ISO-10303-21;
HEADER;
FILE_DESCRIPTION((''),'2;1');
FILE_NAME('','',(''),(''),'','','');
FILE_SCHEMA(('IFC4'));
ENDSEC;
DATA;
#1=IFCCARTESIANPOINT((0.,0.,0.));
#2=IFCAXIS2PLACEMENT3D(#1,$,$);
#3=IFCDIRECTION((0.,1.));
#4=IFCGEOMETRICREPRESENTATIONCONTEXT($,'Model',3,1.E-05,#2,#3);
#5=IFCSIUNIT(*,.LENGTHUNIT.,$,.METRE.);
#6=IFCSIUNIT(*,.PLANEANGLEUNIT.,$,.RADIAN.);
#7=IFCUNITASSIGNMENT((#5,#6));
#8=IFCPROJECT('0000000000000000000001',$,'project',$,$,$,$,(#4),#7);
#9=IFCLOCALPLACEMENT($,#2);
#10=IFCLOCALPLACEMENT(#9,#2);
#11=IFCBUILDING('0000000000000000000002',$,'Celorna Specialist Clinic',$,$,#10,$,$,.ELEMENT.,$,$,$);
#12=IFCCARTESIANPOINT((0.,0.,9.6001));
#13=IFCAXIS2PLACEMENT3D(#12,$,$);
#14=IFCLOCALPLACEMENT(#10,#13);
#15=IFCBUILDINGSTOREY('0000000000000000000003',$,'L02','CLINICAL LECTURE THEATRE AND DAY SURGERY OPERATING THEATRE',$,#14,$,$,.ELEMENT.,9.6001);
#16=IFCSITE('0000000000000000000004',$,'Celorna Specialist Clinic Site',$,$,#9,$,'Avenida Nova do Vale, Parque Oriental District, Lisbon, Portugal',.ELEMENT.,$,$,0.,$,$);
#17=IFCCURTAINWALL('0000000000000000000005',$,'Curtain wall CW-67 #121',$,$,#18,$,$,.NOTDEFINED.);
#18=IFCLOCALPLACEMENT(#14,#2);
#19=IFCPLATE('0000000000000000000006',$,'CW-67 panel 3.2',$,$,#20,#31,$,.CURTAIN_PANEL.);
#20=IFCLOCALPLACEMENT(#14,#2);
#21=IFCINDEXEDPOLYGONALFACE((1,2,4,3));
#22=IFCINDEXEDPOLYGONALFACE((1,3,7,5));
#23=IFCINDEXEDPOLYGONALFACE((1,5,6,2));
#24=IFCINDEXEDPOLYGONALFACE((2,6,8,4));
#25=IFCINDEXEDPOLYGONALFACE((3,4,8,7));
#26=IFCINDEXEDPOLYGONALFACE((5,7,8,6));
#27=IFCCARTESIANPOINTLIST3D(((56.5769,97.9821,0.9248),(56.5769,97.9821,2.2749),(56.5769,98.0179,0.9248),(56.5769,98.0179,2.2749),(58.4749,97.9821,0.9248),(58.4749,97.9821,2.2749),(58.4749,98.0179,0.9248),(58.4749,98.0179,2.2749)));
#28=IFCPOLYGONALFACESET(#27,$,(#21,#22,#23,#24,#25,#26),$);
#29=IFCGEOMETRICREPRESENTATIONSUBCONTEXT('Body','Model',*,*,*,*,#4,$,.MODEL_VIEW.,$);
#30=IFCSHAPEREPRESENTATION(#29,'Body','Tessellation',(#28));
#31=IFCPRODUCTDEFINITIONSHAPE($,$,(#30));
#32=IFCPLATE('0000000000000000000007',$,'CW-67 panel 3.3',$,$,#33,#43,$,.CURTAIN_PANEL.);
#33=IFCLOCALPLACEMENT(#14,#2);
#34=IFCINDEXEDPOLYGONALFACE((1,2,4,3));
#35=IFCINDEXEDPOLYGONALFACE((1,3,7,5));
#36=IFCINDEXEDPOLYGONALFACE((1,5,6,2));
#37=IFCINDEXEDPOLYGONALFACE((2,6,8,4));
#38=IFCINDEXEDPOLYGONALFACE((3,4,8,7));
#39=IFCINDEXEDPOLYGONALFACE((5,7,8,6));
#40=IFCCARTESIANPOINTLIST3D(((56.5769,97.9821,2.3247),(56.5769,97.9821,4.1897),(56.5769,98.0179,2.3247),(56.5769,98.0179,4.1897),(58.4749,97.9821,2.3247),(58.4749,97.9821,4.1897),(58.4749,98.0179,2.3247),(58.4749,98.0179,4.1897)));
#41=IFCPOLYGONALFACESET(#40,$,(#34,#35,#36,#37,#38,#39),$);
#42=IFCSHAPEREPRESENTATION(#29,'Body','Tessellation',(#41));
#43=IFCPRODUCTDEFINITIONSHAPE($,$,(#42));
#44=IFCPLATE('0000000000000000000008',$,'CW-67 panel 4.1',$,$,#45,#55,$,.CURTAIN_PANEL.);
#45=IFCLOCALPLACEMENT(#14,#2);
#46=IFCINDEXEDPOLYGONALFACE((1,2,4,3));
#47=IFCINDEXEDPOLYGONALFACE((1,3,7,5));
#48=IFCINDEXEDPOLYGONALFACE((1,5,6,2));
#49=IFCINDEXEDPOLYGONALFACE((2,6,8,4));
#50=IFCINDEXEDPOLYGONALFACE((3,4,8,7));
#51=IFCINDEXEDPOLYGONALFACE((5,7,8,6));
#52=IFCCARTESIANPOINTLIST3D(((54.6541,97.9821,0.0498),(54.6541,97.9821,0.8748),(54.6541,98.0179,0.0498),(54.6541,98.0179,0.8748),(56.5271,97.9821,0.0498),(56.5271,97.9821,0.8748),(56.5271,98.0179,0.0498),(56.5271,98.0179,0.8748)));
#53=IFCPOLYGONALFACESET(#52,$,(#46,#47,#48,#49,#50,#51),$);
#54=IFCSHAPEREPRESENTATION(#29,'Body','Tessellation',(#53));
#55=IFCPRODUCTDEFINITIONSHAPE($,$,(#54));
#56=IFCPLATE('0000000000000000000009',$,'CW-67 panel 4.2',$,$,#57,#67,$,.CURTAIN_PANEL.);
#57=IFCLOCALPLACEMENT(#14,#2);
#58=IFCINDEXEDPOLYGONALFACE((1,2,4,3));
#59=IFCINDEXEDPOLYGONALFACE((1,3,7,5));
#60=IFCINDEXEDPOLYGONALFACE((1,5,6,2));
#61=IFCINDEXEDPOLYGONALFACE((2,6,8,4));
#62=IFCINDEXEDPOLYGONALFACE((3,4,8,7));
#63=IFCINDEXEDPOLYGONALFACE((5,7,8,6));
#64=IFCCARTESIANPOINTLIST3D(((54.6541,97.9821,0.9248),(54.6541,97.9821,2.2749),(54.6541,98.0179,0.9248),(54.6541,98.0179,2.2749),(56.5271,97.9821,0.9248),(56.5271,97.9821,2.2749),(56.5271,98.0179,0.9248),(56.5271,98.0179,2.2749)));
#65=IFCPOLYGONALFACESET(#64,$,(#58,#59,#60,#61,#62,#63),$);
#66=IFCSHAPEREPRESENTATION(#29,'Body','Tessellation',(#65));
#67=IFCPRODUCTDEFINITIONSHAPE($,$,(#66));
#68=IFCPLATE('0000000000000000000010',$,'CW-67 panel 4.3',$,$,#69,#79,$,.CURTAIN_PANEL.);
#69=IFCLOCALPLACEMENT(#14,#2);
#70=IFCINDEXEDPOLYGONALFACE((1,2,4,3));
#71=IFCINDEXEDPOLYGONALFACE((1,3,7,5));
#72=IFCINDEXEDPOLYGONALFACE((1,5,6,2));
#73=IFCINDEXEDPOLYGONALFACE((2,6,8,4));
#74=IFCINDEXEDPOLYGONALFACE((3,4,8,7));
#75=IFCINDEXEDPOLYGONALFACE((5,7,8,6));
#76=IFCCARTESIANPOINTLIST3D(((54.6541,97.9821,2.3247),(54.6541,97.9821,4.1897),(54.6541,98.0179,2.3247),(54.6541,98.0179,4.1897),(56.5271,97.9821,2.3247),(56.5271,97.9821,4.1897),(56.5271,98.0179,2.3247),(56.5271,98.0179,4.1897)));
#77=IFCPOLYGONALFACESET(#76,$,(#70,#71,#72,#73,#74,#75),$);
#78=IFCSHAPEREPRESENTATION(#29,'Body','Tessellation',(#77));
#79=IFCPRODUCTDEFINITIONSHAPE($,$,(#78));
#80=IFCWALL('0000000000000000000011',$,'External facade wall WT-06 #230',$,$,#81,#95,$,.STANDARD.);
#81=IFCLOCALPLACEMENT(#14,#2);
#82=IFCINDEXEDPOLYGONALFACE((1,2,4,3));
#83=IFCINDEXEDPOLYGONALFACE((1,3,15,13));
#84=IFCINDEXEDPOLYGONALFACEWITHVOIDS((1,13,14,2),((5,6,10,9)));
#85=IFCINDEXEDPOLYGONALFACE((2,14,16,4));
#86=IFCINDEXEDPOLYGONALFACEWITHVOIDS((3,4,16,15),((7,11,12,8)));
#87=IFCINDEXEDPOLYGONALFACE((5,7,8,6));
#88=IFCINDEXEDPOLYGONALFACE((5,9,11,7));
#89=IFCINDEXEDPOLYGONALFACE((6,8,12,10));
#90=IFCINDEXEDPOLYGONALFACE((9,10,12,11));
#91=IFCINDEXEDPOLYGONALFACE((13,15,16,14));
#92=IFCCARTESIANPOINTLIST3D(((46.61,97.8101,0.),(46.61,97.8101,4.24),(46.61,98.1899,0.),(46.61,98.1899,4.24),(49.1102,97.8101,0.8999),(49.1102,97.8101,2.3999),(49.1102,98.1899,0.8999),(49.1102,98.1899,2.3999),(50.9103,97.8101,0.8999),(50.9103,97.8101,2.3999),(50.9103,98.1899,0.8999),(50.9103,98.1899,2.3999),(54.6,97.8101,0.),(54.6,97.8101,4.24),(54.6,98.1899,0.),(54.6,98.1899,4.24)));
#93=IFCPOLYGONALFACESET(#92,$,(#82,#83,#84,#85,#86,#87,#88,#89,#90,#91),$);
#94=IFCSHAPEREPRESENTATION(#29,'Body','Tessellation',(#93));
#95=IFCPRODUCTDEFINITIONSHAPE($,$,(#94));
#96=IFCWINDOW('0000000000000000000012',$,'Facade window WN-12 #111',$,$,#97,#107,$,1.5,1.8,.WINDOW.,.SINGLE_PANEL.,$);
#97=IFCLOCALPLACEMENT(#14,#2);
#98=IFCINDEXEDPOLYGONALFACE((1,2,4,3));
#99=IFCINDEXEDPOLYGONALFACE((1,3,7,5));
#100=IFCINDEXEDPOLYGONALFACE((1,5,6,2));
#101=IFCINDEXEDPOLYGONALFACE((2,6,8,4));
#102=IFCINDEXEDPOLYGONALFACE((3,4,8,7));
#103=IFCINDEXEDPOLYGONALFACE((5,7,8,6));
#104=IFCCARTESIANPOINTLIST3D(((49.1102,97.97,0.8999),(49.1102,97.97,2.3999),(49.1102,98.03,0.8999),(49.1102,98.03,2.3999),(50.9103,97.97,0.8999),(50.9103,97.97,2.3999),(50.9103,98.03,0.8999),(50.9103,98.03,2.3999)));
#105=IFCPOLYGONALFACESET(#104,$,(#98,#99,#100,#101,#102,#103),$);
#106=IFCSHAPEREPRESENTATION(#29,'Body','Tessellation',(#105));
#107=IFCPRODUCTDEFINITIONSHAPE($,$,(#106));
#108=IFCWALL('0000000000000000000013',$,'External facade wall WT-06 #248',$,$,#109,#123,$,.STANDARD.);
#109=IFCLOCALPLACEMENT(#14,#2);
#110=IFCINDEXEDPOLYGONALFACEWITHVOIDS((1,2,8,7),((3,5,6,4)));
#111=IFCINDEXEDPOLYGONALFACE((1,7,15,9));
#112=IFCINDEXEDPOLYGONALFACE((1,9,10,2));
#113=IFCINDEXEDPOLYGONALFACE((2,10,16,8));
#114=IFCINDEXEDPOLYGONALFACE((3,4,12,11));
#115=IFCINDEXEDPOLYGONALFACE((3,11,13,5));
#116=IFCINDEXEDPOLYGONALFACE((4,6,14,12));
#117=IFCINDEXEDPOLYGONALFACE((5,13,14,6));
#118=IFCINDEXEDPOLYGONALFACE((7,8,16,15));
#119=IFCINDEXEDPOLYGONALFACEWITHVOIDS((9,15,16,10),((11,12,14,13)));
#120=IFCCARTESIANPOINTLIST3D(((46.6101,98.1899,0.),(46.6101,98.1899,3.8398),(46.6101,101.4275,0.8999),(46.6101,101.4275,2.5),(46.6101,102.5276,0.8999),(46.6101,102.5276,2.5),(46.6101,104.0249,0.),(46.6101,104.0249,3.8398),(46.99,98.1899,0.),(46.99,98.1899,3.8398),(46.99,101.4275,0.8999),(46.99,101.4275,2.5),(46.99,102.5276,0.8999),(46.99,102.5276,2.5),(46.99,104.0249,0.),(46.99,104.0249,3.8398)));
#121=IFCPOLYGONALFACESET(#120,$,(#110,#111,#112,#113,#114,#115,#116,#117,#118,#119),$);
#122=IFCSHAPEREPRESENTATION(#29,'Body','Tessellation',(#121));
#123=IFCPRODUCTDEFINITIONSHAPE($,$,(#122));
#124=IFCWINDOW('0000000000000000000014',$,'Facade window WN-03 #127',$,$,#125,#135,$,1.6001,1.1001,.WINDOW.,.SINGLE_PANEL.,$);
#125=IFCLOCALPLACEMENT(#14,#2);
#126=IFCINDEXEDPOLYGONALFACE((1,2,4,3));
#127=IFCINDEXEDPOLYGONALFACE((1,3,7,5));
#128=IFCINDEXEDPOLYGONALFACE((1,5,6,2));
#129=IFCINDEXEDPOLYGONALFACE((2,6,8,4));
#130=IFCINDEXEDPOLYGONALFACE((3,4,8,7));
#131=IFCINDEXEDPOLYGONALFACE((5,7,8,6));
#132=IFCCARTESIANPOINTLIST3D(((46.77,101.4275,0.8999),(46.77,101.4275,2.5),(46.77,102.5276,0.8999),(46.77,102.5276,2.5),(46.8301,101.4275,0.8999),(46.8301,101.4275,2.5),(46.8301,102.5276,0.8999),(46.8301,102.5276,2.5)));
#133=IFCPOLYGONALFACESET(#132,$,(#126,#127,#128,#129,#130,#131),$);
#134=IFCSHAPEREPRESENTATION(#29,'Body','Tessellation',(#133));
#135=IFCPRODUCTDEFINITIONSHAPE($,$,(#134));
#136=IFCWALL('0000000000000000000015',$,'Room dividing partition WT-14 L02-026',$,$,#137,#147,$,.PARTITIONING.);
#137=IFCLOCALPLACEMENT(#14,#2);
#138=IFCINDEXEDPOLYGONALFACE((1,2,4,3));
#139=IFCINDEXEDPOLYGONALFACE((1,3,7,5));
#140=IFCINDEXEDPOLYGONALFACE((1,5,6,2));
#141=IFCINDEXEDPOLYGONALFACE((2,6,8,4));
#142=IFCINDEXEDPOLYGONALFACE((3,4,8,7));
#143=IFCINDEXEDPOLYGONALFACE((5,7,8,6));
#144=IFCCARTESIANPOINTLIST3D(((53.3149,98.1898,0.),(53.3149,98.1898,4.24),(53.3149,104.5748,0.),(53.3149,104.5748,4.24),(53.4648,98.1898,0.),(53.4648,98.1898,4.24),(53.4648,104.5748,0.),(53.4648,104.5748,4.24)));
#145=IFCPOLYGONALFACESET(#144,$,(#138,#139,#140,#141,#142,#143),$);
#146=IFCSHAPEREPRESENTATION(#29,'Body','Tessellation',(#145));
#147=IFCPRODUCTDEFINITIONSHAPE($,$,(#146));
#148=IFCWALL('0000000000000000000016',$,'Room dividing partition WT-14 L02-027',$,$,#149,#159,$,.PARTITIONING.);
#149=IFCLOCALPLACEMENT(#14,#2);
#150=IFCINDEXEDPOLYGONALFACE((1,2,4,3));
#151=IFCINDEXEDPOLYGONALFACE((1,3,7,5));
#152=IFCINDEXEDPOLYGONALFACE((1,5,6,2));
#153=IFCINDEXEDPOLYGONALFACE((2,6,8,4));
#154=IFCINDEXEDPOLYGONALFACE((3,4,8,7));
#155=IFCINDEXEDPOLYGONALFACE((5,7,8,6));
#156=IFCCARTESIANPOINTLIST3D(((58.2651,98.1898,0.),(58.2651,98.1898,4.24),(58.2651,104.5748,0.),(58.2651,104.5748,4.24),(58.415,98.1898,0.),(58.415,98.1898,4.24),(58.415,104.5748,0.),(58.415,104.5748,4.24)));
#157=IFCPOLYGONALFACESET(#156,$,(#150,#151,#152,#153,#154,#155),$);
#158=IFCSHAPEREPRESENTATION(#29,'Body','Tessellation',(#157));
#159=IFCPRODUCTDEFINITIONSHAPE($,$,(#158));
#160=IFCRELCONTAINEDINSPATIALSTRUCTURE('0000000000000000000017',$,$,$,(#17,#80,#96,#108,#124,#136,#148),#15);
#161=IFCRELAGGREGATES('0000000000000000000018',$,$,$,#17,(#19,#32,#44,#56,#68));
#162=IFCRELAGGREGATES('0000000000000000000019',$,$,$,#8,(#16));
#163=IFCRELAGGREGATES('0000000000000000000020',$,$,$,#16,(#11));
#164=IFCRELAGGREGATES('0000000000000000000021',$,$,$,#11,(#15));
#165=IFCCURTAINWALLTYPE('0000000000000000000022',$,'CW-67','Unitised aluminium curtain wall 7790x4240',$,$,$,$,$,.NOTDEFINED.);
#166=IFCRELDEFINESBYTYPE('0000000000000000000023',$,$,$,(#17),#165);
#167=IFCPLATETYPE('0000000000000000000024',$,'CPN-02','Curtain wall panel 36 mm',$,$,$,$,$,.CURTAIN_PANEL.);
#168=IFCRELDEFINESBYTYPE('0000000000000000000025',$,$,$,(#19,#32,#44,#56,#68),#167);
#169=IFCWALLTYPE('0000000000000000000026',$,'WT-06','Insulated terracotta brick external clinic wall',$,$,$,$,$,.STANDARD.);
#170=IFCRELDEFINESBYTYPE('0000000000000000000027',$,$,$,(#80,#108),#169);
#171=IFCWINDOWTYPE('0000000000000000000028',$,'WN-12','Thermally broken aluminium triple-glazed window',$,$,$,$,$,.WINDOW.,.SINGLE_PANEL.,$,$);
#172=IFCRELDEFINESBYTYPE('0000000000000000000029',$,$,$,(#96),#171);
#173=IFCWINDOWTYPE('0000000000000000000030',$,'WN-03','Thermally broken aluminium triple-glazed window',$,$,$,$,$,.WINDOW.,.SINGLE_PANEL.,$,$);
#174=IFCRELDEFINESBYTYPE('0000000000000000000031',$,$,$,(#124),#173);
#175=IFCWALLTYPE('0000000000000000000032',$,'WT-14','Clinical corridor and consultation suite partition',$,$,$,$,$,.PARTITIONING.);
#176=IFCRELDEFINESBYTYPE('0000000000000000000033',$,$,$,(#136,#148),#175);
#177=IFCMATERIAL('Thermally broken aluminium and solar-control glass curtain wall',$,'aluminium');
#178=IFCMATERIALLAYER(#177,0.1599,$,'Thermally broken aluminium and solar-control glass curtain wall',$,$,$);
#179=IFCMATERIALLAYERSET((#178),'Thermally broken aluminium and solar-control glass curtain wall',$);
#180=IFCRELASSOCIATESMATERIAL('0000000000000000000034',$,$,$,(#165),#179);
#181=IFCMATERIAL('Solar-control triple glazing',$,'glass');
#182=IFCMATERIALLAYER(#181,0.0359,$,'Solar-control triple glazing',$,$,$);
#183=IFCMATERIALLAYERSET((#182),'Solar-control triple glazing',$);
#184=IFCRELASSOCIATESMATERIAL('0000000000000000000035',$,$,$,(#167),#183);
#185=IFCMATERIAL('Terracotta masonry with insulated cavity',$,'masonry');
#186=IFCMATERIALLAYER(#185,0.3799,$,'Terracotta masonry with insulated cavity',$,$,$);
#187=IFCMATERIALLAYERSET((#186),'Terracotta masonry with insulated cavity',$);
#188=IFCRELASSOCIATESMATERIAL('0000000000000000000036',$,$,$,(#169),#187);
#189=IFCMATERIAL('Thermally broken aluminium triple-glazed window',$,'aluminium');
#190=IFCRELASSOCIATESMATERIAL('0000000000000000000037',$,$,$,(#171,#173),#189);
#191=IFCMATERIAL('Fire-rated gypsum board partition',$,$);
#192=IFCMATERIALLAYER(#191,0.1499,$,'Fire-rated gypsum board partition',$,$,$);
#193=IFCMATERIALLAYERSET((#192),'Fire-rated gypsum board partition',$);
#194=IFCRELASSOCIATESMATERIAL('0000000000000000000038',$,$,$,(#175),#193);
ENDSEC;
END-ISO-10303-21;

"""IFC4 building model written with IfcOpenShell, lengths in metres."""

from ifc_helpers import new_model, si_unit, direction, frame, frame_2d, origin, origin_2d, place, context, subcontext, project, spatial, rectangle, extrude, material, layer, layer_set, type_object, element, fill, aggregate, save


model = new_model("IFC4")

# Units and contexts
model_context = context("Model", 3, precision=1e-05, world=origin(), true_north=direction((0.0, 1.0)))
body_context = subcontext(model_context, "Body", "Model", "MODEL_VIEW")
ifc_project = project(units=[si_unit("LENGTHUNIT", "METRE"), si_unit("PLANEANGLEUNIT", "RADIAN")], contexts=[model_context])

# Site, building, storey
site_placement = place(None, origin())
site = spatial("IfcSite", under=ifc_project, at=site_placement, Name="Celorna Specialist Clinic Site", LongName="Avenida Nova do Vale, Parque Oriental District, Lisbon, Portugal", CompositionType="ELEMENT", RefElevation=0.0)
building_placement = place(site_placement, origin())
building = spatial("IfcBuilding", under=site, at=building_placement, Name="Celorna Specialist Clinic", CompositionType="ELEMENT")
storey_placement = place(building_placement, frame((0.0, 0.0, 9.6001)))
storey = spatial("IfcBuildingStorey", under=building, at=storey_placement, Name="L02", Description="CLINICAL LECTURE THEATRE AND DAY SURGERY OPERATING THEATRE", CompositionType="ELEMENT", Elevation=9.6001)

# Curtain wall, plates
ifc_material_1 = material(Name="Thermally broken aluminium and solar-control glass curtain wall", Category="aluminium")
ifc_layer_1 = layer(ifc_material_1, 0.1599, Name="Thermally broken aluminium and solar-control glass curtain wall")
ifc_layer_set_1 = layer_set([ifc_layer_1], Name="Thermally broken aluminium and solar-control glass curtain wall")
curtain_wall_type = type_object("IfcCurtainWallType", Name="CW-67", Description="Unitised aluminium curtain wall 7790x4240", PredefinedType="NOTDEFINED", material=ifc_layer_set_1)
curtain_wall_placement = place(storey_placement, origin())
curtain_wall = element("IfcCurtainWall", 1, at=curtain_wall_placement, inside=storey, type_object=curtain_wall_type, Name="Curtain wall CW-67 #121", PredefinedType="NOTDEFINED")
ifc_material_2 = material(Name="Solar-control triple glazing", Category="glass")
ifc_layer_2 = layer(ifc_material_2, 0.0359, Name="Solar-control triple glazing")
ifc_layer_set_2 = layer_set([ifc_layer_2], Name="Solar-control triple glazing")
plate_type = type_object("IfcPlateType", Name="CPN-02", Description="Curtain wall panel 36 mm", PredefinedType="CURTAIN_PANEL", material=ifc_layer_set_2)
plate_1_placement = place(storey_placement, frame((57.5259, 98.0, 0.9248), z_axis=(0.0, 0.0, 1.0), x_axis=(-1.0, 0.0, 0.0)))
plate_1 = element("IfcPlate", 2, at=plate_1_placement, type_object=plate_type, Name="CW-67 panel 3.2", PredefinedType="CURTAIN_PANEL", context=body_context, shape_type="SweptSolid", body=[
    extrude(rectangle(XDim=1.8979, YDim=0.0359, at=origin_2d()), origin(), (0.0, 0.0, 1.0), 1.3501),
])
plate_2_placement = place(storey_placement, frame((57.5259, 98.0, 2.3247), z_axis=(0.0, 0.0, 1.0), x_axis=(-1.0, 0.0, 0.0)))
plate_2 = element("IfcPlate", 3, at=plate_2_placement, type_object=plate_type, Name="CW-67 panel 3.3", PredefinedType="CURTAIN_PANEL", context=body_context, shape_type="SweptSolid", body=[
    extrude(rectangle(XDim=1.8979, YDim=0.0359, at=origin_2d()), origin(), (0.0, 0.0, 1.0), 1.865),
])
plate_3_placement = place(storey_placement, frame((55.5906, 98.0, 0.0498), z_axis=(0.0, 0.0, 1.0), x_axis=(-1.0, 0.0, 0.0)))
plate_3 = element("IfcPlate", 4, at=plate_3_placement, type_object=plate_type, Name="CW-67 panel 4.1", PredefinedType="CURTAIN_PANEL", context=body_context, shape_type="SweptSolid", body=[
    extrude(rectangle(XDim=1.873, YDim=0.0359, at=origin_2d()), origin(), (0.0, 0.0, 1.0), 0.825),
])
plate_4_placement = place(storey_placement, frame((55.5906, 98.0, 0.9248), z_axis=(0.0, 0.0, 1.0), x_axis=(-1.0, 0.0, 0.0)))
plate_4 = element("IfcPlate", 5, at=plate_4_placement, type_object=plate_type, Name="CW-67 panel 4.2", PredefinedType="CURTAIN_PANEL", context=body_context, shape_type="SweptSolid", body=[
    extrude(rectangle(XDim=1.873, YDim=0.0359, at=origin_2d()), origin(), (0.0, 0.0, 1.0), 1.3501),
])
plate_5_placement = place(storey_placement, frame((55.5906, 98.0, 2.3247), z_axis=(0.0, 0.0, 1.0), x_axis=(-1.0, 0.0, 0.0)))
plate_5 = element("IfcPlate", 6, at=plate_5_placement, type_object=plate_type, Name="CW-67 panel 4.3", PredefinedType="CURTAIN_PANEL", context=body_context, shape_type="SweptSolid", body=[
    extrude(rectangle(XDim=1.873, YDim=0.0359, at=origin_2d()), origin(), (0.0, 0.0, 1.0), 1.865),
])
aggregate(curtain_wall, [plate_1, plate_2, plate_3, plate_4, plate_5])

# Walls, openings, windows
ifc_material_3 = material(Name="Terracotta masonry with insulated cavity", Category="masonry")
ifc_layer_3 = layer(ifc_material_3, 0.3799, Name="Terracotta masonry with insulated cavity")
ifc_layer_set_3 = layer_set([ifc_layer_3], Name="Terracotta masonry with insulated cavity")
wall_type_1 = type_object("IfcWallType", Name="WT-06", Description="Insulated terracotta brick external clinic wall", PredefinedType="STANDARD", material=ifc_layer_set_3)
wall_1_placement = place(storey_placement, frame((54.6001, 98.0, 0.0), z_axis=(0.0, 0.0, 1.0), x_axis=(-1.0, 0.0, 0.0)))
wall_1 = element("IfcWall", 7, at=wall_1_placement, inside=storey, type_object=wall_type_1, Name="External facade wall WT-06 #230", PredefinedType="STANDARD", context=body_context, shape_type="SweptSolid", body=[
    extrude(rectangle(XDim=7.99, YDim=0.3799, at=frame_2d((3.9951, 0.0))), origin(), (0.0, 0.0, 1.0), 4.24),
])
opening_1_placement = place(wall_1_placement, frame((3.6899, 0.0, 0.8999)))
opening_1 = element("IfcOpeningElement", 8, at=opening_1_placement, cuts=wall_1, PredefinedType="OPENING", context=body_context, shape_type="SweptSolid", body=[
    extrude(rectangle(XDim=1.8, YDim=1.5, at=frame_2d((0.8999, 0.75))), frame((0.0, 0.2, 0.0), z_axis=(0.0, -1.0, 0.0), x_axis=(1.0, 0.0, 0.0)), (0.0, 0.0, 1.0), 0.3999),
])
ifc_material_4 = material(Name="Thermally broken aluminium triple-glazed window", Category="aluminium")
window_type_1 = type_object("IfcWindowType", Name="WN-12", Description="Thermally broken aluminium triple-glazed window", PartitioningType="SINGLE_PANEL", PredefinedType="WINDOW", material=ifc_material_4)
window_1_placement = place(opening_1_placement, origin())
window_1 = element("IfcWindow", 9, at=window_1_placement, inside=storey, type_object=window_type_1, Name="Facade window WN-12 #111", OverallHeight=1.5, OverallWidth=1.8, PartitioningType="SINGLE_PANEL", PredefinedType="WINDOW", context=body_context, shape_type="SweptSolid", body=[
    extrude(rectangle(XDim=1.8, YDim=1.5, at=frame_2d((0.8999, 0.75))), frame((0.0, 0.03, 0.0), z_axis=(0.0, -1.0, 0.0), x_axis=(1.0, 0.0, 0.0)), (0.0, 0.0, 1.0), 0.0601),
])
fill(opening_1, window_1)
wall_2_placement = place(storey_placement, frame((46.8, 98.1899, 0.0), z_axis=(0.0, 0.0, 1.0), x_axis=(0.0, 1.0, 0.0)))
wall_2 = element("IfcWall", 10, at=wall_2_placement, inside=storey, type_object=wall_type_1, Name="External facade wall WT-06 #248", PredefinedType="STANDARD", context=body_context, shape_type="SweptSolid", body=[
    extrude(rectangle(XDim=5.835, YDim=0.3799, at=frame_2d((2.9175, 0.0))), origin(), (0.0, 0.0, 1.0), 3.8398),
])
opening_2_placement = place(wall_2_placement, frame((3.2375, 0.0, 0.8999)))
opening_2 = element("IfcOpeningElement", 11, at=opening_2_placement, cuts=wall_2, PredefinedType="OPENING", context=body_context, shape_type="SweptSolid", body=[
    extrude(rectangle(XDim=1.1001, YDim=1.6001, at=frame_2d((0.55, 0.8))), frame((0.0, 0.2, 0.0), z_axis=(0.0, -1.0, 0.0), x_axis=(1.0, 0.0, 0.0)), (0.0, 0.0, 1.0), 0.3999),
])
window_type_2 = type_object("IfcWindowType", Name="WN-03", Description="Thermally broken aluminium triple-glazed window", PartitioningType="SINGLE_PANEL", PredefinedType="WINDOW", material=ifc_material_4)
window_2_placement = place(opening_2_placement, origin())
window_2 = element("IfcWindow", 12, at=window_2_placement, inside=storey, type_object=window_type_2, Name="Facade window WN-03 #127", OverallHeight=1.6001, OverallWidth=1.1001, PartitioningType="SINGLE_PANEL", PredefinedType="WINDOW", context=body_context, shape_type="SweptSolid", body=[
    extrude(rectangle(XDim=1.1001, YDim=1.6001, at=frame_2d((0.55, 0.8))), frame((0.0, 0.03, 0.0), z_axis=(0.0, -1.0, 0.0), x_axis=(1.0, 0.0, 0.0)), (0.0, 0.0, 1.0), 0.0601),
])
fill(opening_2, window_2)

# Walls
ifc_material_5 = material(Name="Fire-rated gypsum board partition")
ifc_layer_4 = layer(ifc_material_5, 0.1499, Name="Fire-rated gypsum board partition")
ifc_layer_set_4 = layer_set([ifc_layer_4], Name="Fire-rated gypsum board partition")
wall_type_2 = type_object("IfcWallType", Name="WT-14", Description="Clinical corridor and consultation suite partition", PredefinedType="PARTITIONING", material=ifc_layer_set_4)
for number, where, z_axis, x_axis, name in (
    (13, (53.3899, 98.1899, 0.0), (0.0, 0.0, 1.0), (0.0, 1.0, 0.0), "Room dividing partition WT-14 L02-026"),
    (14, (58.3401, 98.1899, 0.0), (0.0, 0.0, 1.0), (0.0, 1.0, 0.0), "Room dividing partition WT-14 L02-027"),
):
    element("IfcWall", number, at=place(storey_placement, frame(where, z_axis=z_axis, x_axis=x_axis)), inside=storey, type_object=wall_type_2, Name=name, PredefinedType="PARTITIONING", context=body_context, shape_type="SweptSolid", body=[
        extrude(rectangle(XDim=6.385, YDim=0.1499, at=frame_2d((3.1924, 0.0))), origin(), (0.0, 0.0, 1.0), 4.24),
    ])

save(model, "model.ifc")
